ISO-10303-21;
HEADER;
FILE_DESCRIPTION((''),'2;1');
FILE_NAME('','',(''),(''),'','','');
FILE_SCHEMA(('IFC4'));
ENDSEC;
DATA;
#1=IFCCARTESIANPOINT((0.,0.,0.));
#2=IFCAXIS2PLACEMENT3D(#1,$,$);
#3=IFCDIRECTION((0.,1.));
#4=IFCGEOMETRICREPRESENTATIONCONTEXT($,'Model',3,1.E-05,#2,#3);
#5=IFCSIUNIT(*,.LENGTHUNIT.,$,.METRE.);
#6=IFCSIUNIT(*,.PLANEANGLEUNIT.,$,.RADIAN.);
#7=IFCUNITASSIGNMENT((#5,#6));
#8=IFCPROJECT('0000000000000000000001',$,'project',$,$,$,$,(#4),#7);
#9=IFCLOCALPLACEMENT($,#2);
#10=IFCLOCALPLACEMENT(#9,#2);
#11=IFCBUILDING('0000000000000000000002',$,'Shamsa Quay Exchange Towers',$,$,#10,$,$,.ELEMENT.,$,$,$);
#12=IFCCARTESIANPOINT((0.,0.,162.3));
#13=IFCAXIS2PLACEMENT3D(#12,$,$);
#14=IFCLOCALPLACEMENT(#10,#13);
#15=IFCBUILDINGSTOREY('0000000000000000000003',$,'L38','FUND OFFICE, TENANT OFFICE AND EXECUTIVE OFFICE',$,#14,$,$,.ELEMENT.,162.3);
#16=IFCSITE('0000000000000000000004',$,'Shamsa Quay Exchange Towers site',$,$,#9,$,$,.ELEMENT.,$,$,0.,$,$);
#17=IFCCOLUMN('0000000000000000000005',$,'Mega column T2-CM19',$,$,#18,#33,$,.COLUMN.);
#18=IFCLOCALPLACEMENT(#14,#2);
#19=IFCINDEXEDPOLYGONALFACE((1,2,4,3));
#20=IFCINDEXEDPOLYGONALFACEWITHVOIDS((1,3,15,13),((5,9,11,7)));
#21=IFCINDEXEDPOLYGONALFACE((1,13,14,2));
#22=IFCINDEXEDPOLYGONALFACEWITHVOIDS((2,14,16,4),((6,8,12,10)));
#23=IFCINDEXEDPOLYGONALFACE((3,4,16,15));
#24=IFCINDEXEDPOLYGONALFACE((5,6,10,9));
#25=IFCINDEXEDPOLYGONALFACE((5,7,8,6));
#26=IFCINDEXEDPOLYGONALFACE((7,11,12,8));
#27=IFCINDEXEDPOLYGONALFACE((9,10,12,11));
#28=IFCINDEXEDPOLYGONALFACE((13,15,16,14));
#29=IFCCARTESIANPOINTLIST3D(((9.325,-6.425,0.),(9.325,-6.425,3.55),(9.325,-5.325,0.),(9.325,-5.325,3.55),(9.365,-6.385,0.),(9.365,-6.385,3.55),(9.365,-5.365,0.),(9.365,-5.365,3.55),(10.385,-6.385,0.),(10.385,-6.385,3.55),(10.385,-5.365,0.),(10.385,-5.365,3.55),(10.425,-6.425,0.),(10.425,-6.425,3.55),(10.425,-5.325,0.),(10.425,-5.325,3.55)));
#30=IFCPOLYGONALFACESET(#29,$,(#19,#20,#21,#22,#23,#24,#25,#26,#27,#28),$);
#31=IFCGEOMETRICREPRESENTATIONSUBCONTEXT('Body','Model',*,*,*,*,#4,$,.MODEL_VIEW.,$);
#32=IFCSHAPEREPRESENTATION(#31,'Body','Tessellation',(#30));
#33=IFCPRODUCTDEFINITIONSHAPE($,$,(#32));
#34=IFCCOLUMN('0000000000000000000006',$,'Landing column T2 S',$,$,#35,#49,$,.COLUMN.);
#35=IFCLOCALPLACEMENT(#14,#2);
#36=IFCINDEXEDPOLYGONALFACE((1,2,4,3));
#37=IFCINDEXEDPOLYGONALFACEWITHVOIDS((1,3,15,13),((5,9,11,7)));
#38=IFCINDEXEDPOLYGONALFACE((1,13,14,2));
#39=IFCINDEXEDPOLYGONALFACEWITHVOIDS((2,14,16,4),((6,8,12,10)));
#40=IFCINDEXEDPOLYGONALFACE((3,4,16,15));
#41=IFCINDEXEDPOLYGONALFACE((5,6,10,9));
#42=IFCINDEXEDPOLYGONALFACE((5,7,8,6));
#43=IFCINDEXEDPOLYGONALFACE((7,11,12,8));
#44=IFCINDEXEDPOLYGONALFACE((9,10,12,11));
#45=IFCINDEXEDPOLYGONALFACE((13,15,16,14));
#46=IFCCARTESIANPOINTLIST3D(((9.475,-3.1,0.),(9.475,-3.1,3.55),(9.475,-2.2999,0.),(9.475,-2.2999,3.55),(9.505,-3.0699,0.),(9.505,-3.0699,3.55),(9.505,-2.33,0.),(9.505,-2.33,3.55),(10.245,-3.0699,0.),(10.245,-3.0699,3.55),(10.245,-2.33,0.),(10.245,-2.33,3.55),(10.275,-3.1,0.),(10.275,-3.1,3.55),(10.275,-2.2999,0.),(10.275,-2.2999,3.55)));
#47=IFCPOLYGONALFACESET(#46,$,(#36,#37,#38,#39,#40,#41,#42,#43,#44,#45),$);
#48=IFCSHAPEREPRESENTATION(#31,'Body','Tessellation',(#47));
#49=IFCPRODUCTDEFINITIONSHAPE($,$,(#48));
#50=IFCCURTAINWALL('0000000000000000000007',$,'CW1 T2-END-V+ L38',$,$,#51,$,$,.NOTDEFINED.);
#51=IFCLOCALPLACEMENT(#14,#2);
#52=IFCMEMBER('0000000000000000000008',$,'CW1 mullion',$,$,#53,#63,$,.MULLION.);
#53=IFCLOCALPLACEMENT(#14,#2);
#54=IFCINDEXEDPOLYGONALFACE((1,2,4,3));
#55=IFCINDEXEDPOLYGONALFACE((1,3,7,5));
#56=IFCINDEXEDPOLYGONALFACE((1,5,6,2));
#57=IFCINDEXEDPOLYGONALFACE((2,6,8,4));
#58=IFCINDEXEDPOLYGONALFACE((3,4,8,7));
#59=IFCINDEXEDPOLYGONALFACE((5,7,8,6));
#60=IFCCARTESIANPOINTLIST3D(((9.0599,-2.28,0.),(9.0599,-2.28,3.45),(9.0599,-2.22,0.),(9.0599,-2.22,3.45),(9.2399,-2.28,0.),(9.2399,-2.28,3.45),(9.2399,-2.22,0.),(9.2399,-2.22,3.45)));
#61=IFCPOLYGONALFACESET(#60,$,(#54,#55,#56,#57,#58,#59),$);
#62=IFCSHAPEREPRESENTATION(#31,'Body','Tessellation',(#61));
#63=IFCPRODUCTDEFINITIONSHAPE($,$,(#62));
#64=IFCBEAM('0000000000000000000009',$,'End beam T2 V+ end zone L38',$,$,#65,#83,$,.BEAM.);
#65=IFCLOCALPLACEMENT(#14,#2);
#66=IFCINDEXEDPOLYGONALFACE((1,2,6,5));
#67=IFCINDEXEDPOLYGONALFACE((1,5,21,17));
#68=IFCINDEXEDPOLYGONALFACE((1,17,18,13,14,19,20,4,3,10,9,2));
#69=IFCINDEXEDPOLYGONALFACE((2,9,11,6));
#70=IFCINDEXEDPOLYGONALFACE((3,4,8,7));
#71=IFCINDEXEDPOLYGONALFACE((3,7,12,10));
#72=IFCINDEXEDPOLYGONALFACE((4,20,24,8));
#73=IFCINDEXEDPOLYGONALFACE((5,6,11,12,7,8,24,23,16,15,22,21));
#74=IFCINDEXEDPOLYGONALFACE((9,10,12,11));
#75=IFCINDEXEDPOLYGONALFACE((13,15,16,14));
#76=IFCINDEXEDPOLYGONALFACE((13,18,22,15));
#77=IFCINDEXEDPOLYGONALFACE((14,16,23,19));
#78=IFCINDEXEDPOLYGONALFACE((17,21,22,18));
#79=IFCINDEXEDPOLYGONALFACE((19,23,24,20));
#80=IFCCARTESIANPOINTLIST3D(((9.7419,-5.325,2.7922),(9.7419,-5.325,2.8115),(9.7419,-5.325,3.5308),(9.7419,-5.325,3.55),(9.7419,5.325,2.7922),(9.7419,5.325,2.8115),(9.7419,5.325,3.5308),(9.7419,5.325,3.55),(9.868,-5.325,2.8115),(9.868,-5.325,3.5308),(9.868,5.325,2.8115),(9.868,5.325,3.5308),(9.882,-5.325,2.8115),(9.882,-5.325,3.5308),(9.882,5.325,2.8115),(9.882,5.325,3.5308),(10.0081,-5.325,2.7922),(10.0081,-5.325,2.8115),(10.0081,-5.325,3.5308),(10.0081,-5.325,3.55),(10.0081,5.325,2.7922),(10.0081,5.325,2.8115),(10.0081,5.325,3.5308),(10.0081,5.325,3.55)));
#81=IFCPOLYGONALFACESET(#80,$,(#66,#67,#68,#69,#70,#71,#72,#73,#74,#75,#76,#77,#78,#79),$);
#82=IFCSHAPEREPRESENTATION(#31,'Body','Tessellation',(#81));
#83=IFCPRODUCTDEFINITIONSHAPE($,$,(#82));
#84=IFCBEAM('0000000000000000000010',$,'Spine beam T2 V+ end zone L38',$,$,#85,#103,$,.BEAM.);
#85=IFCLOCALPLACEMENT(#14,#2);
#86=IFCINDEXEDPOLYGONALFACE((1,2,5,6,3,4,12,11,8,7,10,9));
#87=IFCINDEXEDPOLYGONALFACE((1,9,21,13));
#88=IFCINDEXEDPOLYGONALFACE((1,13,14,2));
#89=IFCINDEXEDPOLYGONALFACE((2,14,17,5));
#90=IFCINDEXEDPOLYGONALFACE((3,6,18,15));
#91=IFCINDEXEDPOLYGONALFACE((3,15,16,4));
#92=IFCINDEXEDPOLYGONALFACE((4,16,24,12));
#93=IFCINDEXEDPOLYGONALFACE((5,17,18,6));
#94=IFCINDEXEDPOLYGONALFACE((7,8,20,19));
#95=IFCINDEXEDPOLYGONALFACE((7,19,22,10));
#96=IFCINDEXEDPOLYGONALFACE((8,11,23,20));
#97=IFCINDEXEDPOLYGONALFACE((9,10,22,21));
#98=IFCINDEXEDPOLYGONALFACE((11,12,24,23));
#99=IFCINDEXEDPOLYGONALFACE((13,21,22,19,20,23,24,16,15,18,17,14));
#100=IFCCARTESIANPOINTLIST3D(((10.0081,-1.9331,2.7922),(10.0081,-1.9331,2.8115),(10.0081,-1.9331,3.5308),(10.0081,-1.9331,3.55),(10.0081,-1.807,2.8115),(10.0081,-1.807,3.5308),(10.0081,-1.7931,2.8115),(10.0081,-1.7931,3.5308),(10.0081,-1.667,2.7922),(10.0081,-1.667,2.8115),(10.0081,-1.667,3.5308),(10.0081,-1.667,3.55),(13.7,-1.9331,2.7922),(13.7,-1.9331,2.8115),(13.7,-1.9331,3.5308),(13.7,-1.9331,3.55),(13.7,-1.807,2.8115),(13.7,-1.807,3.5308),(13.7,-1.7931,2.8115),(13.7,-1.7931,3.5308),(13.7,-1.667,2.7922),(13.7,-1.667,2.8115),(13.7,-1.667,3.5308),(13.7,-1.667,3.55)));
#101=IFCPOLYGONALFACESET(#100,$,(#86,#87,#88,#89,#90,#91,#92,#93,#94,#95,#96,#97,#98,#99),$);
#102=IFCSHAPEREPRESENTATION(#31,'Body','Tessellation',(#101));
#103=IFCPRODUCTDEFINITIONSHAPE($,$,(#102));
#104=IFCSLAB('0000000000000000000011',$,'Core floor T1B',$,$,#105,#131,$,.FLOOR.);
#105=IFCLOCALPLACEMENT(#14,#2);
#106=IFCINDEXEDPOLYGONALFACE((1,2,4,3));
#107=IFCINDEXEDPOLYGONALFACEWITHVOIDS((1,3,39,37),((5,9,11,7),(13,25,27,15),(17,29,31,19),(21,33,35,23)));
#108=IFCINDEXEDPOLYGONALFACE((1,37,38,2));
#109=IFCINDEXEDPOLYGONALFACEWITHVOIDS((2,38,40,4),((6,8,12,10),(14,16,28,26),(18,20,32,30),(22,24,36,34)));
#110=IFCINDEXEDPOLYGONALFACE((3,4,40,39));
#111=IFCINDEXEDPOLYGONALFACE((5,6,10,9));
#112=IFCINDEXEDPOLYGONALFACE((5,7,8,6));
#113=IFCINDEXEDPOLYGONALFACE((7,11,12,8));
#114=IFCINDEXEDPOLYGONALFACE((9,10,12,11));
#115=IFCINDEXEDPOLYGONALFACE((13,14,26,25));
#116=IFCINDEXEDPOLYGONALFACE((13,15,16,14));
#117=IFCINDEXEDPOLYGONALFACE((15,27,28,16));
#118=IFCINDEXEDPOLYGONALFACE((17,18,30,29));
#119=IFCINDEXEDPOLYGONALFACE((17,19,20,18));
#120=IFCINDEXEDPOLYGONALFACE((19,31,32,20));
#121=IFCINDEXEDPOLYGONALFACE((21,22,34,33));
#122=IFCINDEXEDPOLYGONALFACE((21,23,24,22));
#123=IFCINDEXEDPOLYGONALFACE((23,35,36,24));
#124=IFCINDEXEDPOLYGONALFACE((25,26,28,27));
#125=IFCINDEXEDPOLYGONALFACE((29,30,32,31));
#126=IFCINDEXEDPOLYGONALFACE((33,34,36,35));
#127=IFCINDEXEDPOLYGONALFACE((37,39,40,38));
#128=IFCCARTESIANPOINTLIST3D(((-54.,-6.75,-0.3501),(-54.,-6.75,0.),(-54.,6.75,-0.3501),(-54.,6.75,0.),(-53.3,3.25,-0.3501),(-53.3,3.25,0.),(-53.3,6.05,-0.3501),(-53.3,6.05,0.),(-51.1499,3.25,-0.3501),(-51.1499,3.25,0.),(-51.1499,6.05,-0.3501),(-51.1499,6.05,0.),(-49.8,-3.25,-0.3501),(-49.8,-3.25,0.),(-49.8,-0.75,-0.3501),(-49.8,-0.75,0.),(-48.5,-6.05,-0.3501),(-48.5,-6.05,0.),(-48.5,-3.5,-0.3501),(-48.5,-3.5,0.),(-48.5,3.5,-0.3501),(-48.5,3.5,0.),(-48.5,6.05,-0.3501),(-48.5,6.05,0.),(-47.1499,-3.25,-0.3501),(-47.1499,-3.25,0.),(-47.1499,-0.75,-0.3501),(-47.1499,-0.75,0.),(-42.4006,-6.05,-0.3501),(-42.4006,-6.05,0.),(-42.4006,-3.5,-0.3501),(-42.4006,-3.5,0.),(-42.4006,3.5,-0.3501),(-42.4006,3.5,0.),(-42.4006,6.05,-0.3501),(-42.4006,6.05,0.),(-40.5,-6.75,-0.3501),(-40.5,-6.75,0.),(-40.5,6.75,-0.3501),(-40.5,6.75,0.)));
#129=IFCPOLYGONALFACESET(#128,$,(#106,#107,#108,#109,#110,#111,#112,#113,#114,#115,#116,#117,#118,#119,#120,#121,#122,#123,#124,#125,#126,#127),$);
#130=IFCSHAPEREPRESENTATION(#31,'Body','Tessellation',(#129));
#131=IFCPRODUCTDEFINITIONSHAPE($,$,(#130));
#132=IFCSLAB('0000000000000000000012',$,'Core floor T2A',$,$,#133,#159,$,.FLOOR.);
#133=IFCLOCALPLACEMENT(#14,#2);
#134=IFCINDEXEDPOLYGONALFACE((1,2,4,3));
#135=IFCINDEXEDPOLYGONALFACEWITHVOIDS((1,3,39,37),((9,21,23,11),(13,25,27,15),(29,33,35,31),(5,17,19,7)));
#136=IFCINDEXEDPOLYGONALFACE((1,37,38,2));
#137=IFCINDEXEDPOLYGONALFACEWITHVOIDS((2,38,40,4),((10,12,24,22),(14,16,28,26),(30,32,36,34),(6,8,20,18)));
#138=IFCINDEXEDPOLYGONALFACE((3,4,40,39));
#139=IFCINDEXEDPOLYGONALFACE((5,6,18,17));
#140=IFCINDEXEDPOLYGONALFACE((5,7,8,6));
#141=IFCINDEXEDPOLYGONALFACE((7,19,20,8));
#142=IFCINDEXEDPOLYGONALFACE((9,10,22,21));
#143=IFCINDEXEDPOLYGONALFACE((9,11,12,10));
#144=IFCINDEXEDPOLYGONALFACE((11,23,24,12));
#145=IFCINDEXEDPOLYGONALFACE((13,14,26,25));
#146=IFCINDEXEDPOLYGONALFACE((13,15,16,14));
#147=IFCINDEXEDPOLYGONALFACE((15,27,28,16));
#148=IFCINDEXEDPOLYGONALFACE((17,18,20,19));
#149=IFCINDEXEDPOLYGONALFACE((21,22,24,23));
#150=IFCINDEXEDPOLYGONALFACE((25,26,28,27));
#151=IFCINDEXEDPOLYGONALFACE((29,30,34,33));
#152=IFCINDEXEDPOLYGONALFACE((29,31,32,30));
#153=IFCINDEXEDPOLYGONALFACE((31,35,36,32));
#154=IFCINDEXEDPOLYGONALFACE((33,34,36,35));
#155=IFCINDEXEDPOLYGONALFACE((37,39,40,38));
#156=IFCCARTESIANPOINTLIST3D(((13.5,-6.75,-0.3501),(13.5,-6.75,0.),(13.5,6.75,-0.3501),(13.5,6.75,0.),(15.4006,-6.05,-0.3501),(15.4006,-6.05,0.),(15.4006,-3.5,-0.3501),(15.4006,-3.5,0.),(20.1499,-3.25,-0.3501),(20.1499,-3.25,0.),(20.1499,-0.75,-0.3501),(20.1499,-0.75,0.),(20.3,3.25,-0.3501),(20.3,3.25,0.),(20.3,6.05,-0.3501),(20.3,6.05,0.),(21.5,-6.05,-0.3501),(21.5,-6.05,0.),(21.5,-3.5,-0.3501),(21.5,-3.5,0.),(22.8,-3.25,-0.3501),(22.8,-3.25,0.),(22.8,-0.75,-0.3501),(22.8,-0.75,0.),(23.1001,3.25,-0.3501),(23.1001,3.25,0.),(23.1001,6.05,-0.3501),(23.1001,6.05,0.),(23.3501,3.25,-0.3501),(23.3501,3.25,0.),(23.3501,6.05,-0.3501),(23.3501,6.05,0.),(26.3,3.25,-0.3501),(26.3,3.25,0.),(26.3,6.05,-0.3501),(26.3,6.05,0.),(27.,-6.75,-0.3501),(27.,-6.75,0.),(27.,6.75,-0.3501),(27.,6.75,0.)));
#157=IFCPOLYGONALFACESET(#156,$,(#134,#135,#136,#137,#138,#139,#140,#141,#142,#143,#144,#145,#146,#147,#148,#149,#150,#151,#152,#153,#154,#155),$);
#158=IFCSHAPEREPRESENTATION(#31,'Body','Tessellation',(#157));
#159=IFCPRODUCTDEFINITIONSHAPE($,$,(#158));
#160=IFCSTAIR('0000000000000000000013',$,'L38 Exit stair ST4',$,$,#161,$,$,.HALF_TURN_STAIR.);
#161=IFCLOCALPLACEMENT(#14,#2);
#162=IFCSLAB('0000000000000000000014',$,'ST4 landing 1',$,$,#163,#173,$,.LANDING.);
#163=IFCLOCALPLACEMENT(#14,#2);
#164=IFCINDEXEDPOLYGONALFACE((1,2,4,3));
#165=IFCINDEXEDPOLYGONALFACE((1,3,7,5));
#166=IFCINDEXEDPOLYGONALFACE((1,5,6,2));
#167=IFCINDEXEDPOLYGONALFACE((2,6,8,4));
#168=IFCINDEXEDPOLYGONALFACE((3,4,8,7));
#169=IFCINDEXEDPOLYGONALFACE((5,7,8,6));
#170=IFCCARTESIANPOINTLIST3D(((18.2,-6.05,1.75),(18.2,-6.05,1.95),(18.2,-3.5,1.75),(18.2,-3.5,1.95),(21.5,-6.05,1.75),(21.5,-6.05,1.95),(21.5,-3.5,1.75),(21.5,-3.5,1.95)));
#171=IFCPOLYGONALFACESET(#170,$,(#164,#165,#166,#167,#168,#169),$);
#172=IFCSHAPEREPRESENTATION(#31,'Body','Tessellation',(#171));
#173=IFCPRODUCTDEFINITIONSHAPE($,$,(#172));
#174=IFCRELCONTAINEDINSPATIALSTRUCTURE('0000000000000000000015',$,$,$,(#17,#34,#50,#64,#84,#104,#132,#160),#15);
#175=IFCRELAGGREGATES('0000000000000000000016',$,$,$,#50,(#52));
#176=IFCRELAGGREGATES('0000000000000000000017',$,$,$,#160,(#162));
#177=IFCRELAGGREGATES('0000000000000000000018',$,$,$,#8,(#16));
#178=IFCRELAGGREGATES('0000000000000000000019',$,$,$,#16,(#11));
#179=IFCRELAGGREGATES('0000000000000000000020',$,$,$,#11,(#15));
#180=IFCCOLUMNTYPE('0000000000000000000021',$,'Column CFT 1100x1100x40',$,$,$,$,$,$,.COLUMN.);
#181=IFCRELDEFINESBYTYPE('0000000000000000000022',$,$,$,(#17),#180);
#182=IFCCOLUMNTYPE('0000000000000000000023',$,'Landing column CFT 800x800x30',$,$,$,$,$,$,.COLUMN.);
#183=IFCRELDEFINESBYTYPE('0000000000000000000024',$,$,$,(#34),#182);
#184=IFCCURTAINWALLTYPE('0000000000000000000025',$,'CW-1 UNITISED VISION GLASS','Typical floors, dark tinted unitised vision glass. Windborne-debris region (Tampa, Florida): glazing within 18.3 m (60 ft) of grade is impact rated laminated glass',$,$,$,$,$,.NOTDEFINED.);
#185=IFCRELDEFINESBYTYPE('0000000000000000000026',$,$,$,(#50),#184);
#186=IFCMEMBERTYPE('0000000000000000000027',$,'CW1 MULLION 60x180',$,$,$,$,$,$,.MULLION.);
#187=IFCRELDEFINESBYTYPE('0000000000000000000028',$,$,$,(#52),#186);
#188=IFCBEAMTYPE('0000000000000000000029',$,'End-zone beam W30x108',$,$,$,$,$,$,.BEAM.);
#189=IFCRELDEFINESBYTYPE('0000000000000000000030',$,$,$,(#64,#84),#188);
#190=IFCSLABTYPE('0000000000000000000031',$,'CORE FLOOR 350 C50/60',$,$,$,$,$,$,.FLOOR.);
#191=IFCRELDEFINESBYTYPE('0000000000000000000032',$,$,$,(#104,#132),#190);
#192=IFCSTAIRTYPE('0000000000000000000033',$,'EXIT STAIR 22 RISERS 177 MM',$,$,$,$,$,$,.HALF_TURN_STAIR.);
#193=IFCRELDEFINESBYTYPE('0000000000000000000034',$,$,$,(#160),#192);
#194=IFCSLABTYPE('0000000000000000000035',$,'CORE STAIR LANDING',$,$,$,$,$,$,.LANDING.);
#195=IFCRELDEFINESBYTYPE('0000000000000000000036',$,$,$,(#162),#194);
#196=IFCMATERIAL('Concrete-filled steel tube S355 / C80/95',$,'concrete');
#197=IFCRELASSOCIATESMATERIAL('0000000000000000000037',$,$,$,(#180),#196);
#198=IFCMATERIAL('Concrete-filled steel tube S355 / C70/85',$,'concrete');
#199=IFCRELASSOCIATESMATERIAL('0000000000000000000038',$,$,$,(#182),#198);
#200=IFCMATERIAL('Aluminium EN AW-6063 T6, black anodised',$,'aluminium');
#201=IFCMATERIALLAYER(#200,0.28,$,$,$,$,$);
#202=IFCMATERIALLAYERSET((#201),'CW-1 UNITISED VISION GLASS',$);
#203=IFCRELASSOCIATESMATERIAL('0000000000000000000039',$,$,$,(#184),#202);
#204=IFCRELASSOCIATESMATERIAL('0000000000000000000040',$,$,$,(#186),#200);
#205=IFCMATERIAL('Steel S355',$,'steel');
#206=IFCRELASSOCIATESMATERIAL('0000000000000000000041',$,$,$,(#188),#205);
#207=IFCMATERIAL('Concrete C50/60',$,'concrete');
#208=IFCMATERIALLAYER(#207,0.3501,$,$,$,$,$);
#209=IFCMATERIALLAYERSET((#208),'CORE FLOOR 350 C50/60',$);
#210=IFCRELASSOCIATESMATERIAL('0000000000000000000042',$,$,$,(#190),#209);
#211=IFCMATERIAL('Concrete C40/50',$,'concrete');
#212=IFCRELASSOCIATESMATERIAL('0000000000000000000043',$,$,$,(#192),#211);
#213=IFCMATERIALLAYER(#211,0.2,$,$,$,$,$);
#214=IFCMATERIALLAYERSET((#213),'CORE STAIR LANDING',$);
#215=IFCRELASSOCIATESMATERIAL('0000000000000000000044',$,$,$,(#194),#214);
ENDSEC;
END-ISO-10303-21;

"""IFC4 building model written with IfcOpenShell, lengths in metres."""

from ifc_helpers import new_model, si_unit, direction, frame, origin, origin_2d, place, context, subcontext, project, spatial, polyline, rectangle, hollow_rectangle, i_section, outline, extrude, material, layer, layer_set, material_profile, profile_set, type_object, element, aggregate, save


model = new_model("IFC4")

# Units and contexts
model_context = context("Model", 3, precision=1e-05, world=origin(), true_north=direction((0.0, 1.0)))
body_context = subcontext(model_context, "Body", "Model", "MODEL_VIEW")
ifc_project = project(units=[si_unit("LENGTHUNIT", "METRE"), si_unit("PLANEANGLEUNIT", "RADIAN")], contexts=[model_context])

# Site, building, storey
site_placement = place(None, origin())
site = spatial("IfcSite", under=ifc_project, at=site_placement, Name="Shamsa Quay Exchange Towers site", CompositionType="ELEMENT", RefElevation=0.0)
building_placement = place(site_placement, origin())
building = spatial("IfcBuilding", under=site, at=building_placement, Name="Shamsa Quay Exchange Towers", CompositionType="ELEMENT")
storey_placement = place(building_placement, frame((0.0, 0.0, 162.3)))
storey = spatial("IfcBuildingStorey", under=building, at=storey_placement, Name="L38", Description="FUND OFFICE, TENANT OFFICE AND EXECUTIVE OFFICE", CompositionType="ELEMENT", Elevation=162.3)

# Columns
ifc_material_1 = material(Name="Concrete-filled steel tube S355 / C80/95", Category="concrete")
ifc_material_profile_1 = material_profile(ifc_material_1, hollow_rectangle(XDim=1.1001, YDim=1.1001, WallThickness=0.04, at=origin_2d()), Name="CFT 1100x1100x40")
ifc_profile_set_1 = profile_set([ifc_material_profile_1], Name="Concrete-filled steel tube S355 / C80/95")
column_type_1 = type_object("IfcColumnType", Name="Column CFT 1100x1100x40", PredefinedType="COLUMN", material=ifc_profile_set_1)
column_1_placement = place(storey_placement, frame((9.875, -5.875, 0.0)))
element("IfcColumn", 1, at=column_1_placement, inside=storey, type_object=column_type_1, Name="Mega column T2-CM19", PredefinedType="COLUMN", context=body_context, shape_type="SweptSolid", body=[
    extrude(hollow_rectangle(XDim=1.1001, YDim=1.1001, WallThickness=0.04, at=origin_2d()), origin(), (0.0, 0.0, 1.0), 3.55),
])
ifc_material_2 = material(Name="Concrete-filled steel tube S355 / C70/85", Category="concrete")
ifc_material_profile_2 = material_profile(ifc_material_2, hollow_rectangle(XDim=0.8, YDim=0.8, WallThickness=0.03, at=origin_2d()), Name="CFT 800x800x30")
ifc_profile_set_2 = profile_set([ifc_material_profile_2], Name="Concrete-filled steel tube S355 / C70/85")
column_type_2 = type_object("IfcColumnType", Name="Landing column CFT 800x800x30", PredefinedType="COLUMN", material=ifc_profile_set_2)
column_2_placement = place(storey_placement, frame((9.875, -2.7, 0.0)))
element("IfcColumn", 2, at=column_2_placement, inside=storey, type_object=column_type_2, Name="Landing column T2 S", PredefinedType="COLUMN", context=body_context, shape_type="SweptSolid", body=[
    extrude(hollow_rectangle(XDim=0.8, YDim=0.8, WallThickness=0.03, at=origin_2d()), origin(), (0.0, 0.0, 1.0), 3.55),
])

# Curtain wall, member
ifc_material_3 = material(Name="Aluminium EN AW-6063 T6, black anodised", Category="aluminium")
ifc_layer_1 = layer(ifc_material_3, 0.28)
ifc_layer_set_1 = layer_set([ifc_layer_1], Name="CW-1 UNITISED VISION GLASS")
curtain_wall_type_1 = type_object("IfcCurtainWallType", Name="CW-1 UNITISED VISION GLASS", Description="Typical floors, dark tinted unitised vision glass. Windborne-debris region (Tampa, Florida): glazing within 18.3 m (60 ft) of grade is impact rated laminated glass", PredefinedType="NOTDEFINED", material=ifc_layer_set_1)
curtain_wall_1_placement = place(storey_placement, origin())
curtain_wall_1 = element("IfcCurtainWall", 3, at=curtain_wall_1_placement, inside=storey, type_object=curtain_wall_type_1, Name="CW1 T2-END-V+ L38", PredefinedType="NOTDEFINED")
ifc_material_profile_3 = material_profile(ifc_material_3, rectangle(XDim=0.1799, YDim=0.0601, at=origin_2d()), Name="MU60x180")
ifc_profile_set_3 = profile_set([ifc_material_profile_3], Name="Aluminium EN AW-6063 T6, black anodised")
member_type = type_object("IfcMemberType", Name="CW1 MULLION 60x180", PredefinedType="MULLION", material=ifc_profile_set_3)
member_placement = place(storey_placement, frame((9.1499, -2.25, 0.0)))
member = element("IfcMember", 4, at=member_placement, type_object=member_type, Name="CW1 mullion", PredefinedType="MULLION", context=body_context, shape_type="SweptSolid", body=[
    extrude(rectangle(XDim=0.1799, YDim=0.0601, at=origin_2d()), origin(), (0.0, 0.0, 1.0), 3.45),
])

# Beams
ifc_material_4 = material(Name="Steel S355", Category="steel")
ifc_material_profile_4 = material_profile(ifc_material_4, i_section(OverallWidth=0.2661, OverallDepth=0.7578, WebThickness=0.0139, FlangeThickness=0.0193, at=origin_2d()), Name="W30x108")
ifc_profile_set_4 = profile_set([ifc_material_profile_4], Name="Steel S355")
beam_type = type_object("IfcBeamType", Name="End-zone beam W30x108", PredefinedType="BEAM", material=ifc_profile_set_4)
beam_1_placement = place(storey_placement, frame((9.875, -5.325, 3.1711), z_axis=(0.0, 1.0, 0.0), x_axis=(-1.0, 0.0, 0.0)))
element("IfcBeam", 5, at=beam_1_placement, inside=storey, type_object=beam_type, Name="End beam T2 V+ end zone L38", PredefinedType="BEAM", context=body_context, shape_type="SweptSolid", body=[
    extrude(i_section(OverallWidth=0.2661, OverallDepth=0.7578, WebThickness=0.0139, FlangeThickness=0.0193, at=origin_2d()), origin(), (0.0, 0.0, 1.0), 10.6499),
])
beam_2_placement = place(storey_placement, frame((13.7, -1.8, 3.1711), z_axis=(-1.0, 0.0, 0.0), x_axis=(0.0, -1.0, 0.0)))
element("IfcBeam", 6, at=beam_2_placement, inside=storey, type_object=beam_type, Name="Spine beam T2 V+ end zone L38", PredefinedType="BEAM", context=body_context, shape_type="SweptSolid", body=[
    extrude(i_section(OverallWidth=0.2661, OverallDepth=0.7578, WebThickness=0.0139, FlangeThickness=0.0193, at=origin_2d()), origin(), (0.0, 0.0, 1.0), 3.6919),
])

# Slabs
ifc_material_5 = material(Name="Concrete C50/60", Category="concrete")
ifc_layer_2 = layer(ifc_material_5, 0.3501)
ifc_layer_set_2 = layer_set([ifc_layer_2], Name="CORE FLOOR 350 C50/60")
slab_type_1 = type_object("IfcSlabType", Name="CORE FLOOR 350 C50/60", PredefinedType="FLOOR", material=ifc_layer_set_2)
slab_1_placement = place(storey_placement, frame((0.0, 0.0, -0.3501)))
element("IfcSlab", 7, at=slab_1_placement, inside=storey, type_object=slab_type_1, Name="Core floor T1B", PredefinedType="FLOOR", context=body_context, shape_type="SweptSolid", body=[
    extrude(outline(polyline([(-40.5, -6.75), (-40.5, 6.75), (-54.0, 6.75), (-54.0, -6.75), (-40.5, -6.75)]), holes=[polyline([(-42.4006, -3.5), (-42.4006, -6.05), (-48.5, -6.05), (-48.5, -3.5), (-42.4006, -3.5)]), polyline([(-42.4006, 6.05), (-42.4006, 3.5), (-48.5, 3.5), (-48.5, 6.05), (-42.4006, 6.05)]), polyline([(-51.1499, 3.25), (-53.3, 3.25), (-53.3, 6.05), (-51.1499, 6.05), (-51.1499, 3.25)]), polyline([(-47.1499, -3.25), (-49.8, -3.25), (-49.8, -0.75), (-47.1499, -0.75), (-47.1499, -3.25)])]), origin(), (0.0, 0.0, 1.0), 0.3501),
])
slab_2_placement = place(storey_placement, frame((0.0, 0.0, -0.3501)))
element("IfcSlab", 8, at=slab_2_placement, inside=storey, type_object=slab_type_1, Name="Core floor T2A", PredefinedType="FLOOR", context=body_context, shape_type="SweptSolid", body=[
    extrude(outline(polyline([(13.5, -6.75), (27.0, -6.75), (27.0, 6.75), (13.5, 6.75), (13.5, -6.75)]), holes=[polyline([(15.4006, -6.05), (15.4006, -3.5), (21.5, -3.5), (21.5, -6.05), (15.4006, -6.05)]), polyline([(20.3, 3.25), (20.3, 6.05), (23.1001, 6.05), (23.1001, 3.25), (20.3, 3.25)]), polyline([(23.3501, 3.25), (23.3501, 6.05), (26.3, 6.05), (26.3, 3.25), (23.3501, 3.25)]), polyline([(20.1499, -3.25), (20.1499, -0.75), (22.8, -0.75), (22.8, -3.25), (20.1499, -3.25)])]), origin(), (0.0, 0.0, 1.0), 0.3501),
])

# Stair, slab
ifc_material_6 = material(Name="Concrete C40/50", Category="concrete")
stair_type = type_object("IfcStairType", Name="EXIT STAIR 22 RISERS 177 MM", PredefinedType="HALF_TURN_STAIR", material=ifc_material_6)
stair_placement = place(storey_placement, origin())
stair = element("IfcStair", 9, at=stair_placement, inside=storey, type_object=stair_type, Name="L38 Exit stair ST4", PredefinedType="HALF_TURN_STAIR")
ifc_layer_3 = layer(ifc_material_6, 0.2)
ifc_layer_set_3 = layer_set([ifc_layer_3], Name="CORE STAIR LANDING")
slab_type_2 = type_object("IfcSlabType", Name="CORE STAIR LANDING", PredefinedType="LANDING", material=ifc_layer_set_3)
slab_3_placement = place(storey_placement, frame((0.0, 0.0, 1.75)))
slab_3 = element("IfcSlab", 10, at=slab_3_placement, type_object=slab_type_2, Name="ST4 landing 1", PredefinedType="LANDING", context=body_context, shape_type="SweptSolid", body=[
    extrude(outline(polyline([(18.2, -6.05), (21.5, -6.05), (21.5, -3.5), (18.2, -3.5), (18.2, -6.05)])), origin(), (0.0, 0.0, 1.0), 0.2),
])

aggregate(curtain_wall_1, [member])

aggregate(stair, [slab_3])

save(model, "model.ifc")
